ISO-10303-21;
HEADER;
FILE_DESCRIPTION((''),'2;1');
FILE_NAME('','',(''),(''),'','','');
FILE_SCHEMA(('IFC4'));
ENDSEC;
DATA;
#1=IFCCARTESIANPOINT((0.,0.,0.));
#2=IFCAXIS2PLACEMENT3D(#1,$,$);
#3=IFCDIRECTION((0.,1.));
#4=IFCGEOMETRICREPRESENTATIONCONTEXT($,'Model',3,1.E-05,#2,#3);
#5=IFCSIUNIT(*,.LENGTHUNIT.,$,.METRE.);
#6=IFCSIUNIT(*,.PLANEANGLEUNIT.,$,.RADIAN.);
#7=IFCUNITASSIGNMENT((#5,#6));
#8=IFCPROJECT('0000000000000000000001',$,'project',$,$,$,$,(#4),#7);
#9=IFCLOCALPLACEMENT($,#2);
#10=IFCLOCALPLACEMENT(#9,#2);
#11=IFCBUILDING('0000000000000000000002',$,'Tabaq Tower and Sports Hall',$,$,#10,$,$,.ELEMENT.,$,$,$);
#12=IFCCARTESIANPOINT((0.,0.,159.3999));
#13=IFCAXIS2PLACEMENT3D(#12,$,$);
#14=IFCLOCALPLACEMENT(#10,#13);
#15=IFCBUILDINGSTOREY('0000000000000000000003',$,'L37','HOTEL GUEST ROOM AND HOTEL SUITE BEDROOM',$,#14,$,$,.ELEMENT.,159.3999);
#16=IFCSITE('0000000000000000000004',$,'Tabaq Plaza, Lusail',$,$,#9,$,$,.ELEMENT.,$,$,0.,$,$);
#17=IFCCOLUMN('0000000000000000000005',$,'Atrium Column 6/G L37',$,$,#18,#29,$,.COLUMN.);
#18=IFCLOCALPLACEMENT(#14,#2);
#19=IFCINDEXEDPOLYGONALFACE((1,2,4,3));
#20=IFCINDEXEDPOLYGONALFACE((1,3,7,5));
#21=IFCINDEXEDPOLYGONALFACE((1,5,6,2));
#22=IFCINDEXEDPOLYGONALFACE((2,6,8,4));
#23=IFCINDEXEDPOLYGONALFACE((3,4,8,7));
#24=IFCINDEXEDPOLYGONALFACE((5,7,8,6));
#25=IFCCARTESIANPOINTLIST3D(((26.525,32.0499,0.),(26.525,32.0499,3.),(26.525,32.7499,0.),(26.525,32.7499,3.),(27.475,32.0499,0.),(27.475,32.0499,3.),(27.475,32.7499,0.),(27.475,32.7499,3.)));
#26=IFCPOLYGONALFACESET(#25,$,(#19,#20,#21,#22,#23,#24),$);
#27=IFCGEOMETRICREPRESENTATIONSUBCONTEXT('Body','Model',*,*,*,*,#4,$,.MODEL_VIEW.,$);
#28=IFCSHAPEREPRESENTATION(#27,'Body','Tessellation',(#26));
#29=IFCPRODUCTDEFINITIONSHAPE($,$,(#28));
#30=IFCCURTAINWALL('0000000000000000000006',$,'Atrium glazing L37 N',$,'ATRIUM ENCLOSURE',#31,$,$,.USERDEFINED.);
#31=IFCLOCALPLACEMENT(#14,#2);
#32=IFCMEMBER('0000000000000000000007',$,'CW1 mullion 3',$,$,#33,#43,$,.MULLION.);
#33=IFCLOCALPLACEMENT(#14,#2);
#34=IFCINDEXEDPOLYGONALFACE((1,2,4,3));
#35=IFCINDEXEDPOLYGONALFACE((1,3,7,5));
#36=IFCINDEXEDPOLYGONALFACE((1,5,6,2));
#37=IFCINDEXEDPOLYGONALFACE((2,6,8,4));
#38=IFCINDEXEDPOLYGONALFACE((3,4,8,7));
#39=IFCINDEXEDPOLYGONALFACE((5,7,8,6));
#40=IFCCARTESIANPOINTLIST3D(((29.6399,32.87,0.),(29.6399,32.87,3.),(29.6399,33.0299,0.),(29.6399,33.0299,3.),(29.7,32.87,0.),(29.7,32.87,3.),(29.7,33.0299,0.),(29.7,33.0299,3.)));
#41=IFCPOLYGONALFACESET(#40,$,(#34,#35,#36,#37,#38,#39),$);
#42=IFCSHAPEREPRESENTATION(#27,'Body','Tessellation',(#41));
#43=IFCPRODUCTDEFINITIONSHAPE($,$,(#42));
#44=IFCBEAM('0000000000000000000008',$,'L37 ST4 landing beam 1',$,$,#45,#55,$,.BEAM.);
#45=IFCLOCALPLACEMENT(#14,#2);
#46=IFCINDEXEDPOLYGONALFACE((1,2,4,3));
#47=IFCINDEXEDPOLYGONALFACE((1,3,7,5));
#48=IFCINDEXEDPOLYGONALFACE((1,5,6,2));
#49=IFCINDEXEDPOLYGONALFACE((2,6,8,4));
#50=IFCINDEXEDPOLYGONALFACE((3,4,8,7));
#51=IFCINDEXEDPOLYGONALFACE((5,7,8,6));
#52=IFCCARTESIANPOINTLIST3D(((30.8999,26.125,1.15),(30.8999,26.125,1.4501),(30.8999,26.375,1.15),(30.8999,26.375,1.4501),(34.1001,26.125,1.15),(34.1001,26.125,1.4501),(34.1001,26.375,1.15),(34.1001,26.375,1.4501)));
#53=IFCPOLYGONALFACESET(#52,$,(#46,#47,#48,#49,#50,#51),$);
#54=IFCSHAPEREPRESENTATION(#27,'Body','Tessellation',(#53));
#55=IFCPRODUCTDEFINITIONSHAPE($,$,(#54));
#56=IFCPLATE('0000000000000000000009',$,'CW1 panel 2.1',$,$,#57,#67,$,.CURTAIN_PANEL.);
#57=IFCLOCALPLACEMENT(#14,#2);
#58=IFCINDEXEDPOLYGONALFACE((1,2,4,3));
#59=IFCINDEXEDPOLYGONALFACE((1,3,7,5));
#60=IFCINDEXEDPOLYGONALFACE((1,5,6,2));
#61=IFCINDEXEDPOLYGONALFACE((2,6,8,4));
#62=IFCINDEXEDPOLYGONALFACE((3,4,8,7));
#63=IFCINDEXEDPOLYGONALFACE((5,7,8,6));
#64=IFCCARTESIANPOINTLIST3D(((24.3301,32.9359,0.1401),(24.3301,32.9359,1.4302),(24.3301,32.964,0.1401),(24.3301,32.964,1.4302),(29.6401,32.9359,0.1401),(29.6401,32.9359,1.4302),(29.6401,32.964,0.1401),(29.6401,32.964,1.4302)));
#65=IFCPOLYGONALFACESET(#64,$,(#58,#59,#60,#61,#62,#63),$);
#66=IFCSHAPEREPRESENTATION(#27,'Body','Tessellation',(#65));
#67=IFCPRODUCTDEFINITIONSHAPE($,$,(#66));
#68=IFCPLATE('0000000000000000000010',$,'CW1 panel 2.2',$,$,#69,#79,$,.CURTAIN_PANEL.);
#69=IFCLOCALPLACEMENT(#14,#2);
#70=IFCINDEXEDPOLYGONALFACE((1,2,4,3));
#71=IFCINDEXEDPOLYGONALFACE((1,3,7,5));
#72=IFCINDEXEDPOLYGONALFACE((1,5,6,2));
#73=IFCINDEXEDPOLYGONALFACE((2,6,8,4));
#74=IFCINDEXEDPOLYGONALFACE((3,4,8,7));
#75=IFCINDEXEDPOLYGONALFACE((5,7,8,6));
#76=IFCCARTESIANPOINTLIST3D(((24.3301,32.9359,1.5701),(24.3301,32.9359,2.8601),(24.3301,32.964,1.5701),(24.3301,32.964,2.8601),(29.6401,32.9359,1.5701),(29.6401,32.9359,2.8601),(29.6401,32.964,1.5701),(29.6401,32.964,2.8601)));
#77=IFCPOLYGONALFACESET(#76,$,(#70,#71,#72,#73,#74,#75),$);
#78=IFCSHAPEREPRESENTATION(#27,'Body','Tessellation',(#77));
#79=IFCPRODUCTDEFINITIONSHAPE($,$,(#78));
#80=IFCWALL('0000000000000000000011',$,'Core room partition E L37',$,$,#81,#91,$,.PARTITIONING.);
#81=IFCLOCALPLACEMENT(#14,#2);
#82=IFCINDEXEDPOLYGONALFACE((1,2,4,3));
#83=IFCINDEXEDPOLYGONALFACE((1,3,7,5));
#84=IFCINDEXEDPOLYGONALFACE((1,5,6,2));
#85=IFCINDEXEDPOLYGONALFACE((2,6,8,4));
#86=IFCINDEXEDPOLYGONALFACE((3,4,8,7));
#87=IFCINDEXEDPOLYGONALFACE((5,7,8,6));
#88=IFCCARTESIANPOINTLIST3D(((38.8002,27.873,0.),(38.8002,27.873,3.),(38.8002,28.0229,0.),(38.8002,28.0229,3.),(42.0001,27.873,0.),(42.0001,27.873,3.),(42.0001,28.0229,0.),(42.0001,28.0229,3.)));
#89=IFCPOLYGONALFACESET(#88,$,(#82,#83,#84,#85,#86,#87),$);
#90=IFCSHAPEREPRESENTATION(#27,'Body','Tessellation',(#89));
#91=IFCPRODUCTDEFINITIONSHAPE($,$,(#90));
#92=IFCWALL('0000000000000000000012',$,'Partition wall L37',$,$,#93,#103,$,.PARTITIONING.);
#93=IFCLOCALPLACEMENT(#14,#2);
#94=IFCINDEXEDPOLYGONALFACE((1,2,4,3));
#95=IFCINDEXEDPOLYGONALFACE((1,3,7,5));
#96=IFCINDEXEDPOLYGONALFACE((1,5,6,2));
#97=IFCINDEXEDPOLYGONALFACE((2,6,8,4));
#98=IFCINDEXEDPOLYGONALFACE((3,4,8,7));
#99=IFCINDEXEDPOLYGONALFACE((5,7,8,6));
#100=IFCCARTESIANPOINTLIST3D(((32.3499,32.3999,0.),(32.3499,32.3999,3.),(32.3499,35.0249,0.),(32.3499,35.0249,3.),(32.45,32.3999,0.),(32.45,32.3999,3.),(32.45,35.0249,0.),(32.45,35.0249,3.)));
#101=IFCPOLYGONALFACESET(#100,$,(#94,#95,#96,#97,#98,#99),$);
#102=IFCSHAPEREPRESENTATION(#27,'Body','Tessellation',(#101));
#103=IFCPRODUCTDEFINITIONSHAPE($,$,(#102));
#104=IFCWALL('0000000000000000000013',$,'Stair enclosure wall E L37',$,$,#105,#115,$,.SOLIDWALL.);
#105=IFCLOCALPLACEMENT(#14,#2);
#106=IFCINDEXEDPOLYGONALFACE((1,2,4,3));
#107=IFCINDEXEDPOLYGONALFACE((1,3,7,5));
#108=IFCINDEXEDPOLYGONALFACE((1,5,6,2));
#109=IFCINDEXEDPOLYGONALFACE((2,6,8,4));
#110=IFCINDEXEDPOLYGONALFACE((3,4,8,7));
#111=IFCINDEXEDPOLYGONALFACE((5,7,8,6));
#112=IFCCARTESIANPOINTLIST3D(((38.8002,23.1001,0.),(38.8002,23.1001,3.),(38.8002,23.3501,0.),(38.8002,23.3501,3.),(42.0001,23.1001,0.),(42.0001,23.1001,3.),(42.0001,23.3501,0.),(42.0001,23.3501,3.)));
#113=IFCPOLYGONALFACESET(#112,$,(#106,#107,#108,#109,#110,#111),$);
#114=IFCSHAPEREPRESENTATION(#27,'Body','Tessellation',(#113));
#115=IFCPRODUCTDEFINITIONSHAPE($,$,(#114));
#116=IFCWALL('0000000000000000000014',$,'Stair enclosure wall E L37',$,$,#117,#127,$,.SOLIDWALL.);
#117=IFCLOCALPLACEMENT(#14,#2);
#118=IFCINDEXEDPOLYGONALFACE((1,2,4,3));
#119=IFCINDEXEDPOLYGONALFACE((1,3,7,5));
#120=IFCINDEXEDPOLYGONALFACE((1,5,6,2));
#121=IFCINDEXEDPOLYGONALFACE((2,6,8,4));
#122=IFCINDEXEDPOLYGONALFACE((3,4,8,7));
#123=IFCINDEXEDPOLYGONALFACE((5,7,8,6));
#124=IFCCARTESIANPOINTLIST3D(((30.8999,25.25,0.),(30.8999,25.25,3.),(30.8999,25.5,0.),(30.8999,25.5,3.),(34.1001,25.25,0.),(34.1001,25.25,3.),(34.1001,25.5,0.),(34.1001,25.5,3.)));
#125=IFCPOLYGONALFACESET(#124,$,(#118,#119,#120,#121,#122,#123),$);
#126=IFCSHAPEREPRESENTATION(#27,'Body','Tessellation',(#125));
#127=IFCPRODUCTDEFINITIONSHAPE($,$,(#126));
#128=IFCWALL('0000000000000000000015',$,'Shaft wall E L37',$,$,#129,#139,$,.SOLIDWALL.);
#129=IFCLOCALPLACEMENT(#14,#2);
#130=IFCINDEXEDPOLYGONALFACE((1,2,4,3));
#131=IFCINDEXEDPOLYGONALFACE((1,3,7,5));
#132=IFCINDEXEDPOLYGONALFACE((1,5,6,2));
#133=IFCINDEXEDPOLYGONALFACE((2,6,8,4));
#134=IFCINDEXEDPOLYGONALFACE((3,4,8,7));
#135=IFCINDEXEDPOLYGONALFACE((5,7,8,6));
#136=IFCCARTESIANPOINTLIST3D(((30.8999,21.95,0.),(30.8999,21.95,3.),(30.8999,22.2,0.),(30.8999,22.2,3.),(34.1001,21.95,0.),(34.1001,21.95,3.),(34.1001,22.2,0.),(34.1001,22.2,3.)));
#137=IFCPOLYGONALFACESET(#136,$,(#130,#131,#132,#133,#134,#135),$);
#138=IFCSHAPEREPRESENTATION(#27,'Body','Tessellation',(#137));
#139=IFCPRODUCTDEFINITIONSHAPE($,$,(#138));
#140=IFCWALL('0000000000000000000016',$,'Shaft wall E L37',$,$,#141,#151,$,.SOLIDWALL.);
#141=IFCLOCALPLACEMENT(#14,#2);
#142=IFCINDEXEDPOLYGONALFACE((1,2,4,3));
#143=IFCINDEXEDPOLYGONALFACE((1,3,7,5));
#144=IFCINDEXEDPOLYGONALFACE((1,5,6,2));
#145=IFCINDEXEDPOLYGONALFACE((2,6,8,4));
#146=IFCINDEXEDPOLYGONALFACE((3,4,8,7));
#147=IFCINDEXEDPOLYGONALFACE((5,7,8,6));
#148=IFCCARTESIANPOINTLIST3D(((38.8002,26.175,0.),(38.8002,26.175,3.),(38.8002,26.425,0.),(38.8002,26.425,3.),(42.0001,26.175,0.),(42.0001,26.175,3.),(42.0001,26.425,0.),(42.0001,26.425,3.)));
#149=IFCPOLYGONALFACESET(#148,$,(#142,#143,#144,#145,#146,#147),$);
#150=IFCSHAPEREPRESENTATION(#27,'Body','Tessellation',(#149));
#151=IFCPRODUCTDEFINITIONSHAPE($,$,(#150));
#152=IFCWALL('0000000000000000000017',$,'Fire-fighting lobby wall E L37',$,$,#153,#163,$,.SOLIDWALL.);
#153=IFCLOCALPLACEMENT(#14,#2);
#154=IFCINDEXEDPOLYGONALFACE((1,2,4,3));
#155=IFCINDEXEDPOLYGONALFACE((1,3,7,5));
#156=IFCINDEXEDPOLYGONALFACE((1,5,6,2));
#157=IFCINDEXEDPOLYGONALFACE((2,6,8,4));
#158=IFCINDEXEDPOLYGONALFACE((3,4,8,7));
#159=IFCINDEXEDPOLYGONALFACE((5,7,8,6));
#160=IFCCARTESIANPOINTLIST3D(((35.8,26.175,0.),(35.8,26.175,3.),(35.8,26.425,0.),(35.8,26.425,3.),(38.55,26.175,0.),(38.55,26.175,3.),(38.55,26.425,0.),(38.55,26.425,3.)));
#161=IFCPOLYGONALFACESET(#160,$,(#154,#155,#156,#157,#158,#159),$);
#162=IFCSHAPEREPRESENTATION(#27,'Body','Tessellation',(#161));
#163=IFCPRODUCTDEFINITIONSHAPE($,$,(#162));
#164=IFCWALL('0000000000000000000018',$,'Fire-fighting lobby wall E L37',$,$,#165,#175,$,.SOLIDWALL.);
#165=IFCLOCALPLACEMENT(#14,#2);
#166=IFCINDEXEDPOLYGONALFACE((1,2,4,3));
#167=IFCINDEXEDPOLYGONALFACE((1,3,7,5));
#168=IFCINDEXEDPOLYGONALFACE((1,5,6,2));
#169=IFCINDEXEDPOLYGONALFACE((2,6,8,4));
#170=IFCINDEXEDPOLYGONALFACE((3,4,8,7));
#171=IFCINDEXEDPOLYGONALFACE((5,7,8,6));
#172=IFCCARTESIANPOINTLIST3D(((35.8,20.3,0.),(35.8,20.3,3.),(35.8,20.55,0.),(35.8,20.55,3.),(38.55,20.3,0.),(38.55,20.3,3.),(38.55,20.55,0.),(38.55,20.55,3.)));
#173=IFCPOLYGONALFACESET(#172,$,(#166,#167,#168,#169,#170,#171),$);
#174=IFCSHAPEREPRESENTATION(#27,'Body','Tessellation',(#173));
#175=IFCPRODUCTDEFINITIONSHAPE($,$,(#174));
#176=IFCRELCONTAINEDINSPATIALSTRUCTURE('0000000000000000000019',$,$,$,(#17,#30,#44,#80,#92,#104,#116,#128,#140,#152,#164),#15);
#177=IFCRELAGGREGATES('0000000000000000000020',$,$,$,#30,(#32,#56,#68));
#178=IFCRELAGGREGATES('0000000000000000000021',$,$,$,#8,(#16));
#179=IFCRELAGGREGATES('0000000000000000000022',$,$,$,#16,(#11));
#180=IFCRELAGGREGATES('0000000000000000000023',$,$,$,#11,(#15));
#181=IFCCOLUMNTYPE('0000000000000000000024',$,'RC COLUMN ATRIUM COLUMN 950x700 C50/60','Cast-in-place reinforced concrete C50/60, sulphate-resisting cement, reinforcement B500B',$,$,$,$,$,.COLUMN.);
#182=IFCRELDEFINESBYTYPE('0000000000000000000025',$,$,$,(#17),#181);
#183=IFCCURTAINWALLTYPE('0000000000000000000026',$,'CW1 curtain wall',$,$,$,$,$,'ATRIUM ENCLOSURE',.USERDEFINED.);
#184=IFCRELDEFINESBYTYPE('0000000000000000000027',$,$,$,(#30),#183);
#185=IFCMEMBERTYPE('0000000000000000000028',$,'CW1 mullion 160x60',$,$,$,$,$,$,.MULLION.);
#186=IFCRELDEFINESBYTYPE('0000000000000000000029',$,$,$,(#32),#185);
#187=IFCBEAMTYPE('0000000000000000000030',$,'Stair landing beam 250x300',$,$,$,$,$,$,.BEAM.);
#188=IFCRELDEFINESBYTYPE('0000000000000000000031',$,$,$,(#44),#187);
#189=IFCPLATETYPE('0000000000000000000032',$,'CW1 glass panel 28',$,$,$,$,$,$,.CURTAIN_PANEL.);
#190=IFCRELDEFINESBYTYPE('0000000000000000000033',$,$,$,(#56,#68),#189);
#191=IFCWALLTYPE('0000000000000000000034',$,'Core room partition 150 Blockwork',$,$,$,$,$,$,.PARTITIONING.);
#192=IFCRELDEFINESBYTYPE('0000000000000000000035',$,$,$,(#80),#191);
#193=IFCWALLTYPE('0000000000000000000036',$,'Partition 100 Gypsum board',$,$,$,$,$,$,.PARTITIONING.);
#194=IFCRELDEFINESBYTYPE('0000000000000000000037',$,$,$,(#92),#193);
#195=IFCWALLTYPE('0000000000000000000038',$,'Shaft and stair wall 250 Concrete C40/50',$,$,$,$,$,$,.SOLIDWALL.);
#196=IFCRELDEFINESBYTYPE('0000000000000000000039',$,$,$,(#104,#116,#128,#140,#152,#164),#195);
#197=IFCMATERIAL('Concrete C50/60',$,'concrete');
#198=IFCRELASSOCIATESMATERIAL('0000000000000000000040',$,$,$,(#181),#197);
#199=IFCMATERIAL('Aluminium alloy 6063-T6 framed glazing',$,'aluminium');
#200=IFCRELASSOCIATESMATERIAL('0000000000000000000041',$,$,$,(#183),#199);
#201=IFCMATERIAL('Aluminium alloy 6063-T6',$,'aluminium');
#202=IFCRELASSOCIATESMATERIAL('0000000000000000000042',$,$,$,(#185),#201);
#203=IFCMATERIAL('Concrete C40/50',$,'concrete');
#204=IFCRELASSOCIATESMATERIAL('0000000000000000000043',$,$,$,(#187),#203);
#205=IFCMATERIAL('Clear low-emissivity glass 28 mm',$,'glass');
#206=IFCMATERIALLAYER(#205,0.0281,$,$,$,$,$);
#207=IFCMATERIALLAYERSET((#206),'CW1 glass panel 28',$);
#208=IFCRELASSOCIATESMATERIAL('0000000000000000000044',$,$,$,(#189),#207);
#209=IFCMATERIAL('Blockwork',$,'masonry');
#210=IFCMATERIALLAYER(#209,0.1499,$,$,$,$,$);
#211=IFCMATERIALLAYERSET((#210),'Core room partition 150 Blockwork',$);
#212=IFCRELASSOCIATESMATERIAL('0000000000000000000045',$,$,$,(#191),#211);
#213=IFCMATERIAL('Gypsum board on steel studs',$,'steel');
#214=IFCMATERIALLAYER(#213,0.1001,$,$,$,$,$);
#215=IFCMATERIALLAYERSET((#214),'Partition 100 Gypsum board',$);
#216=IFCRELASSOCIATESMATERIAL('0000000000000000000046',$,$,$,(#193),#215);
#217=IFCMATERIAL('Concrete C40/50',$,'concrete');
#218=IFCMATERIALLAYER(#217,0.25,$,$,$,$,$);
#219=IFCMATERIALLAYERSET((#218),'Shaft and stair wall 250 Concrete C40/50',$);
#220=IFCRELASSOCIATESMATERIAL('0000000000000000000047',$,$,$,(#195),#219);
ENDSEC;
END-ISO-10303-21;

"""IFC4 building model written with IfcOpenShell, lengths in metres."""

from ifc_helpers import new_model, si_unit, direction, frame, frame_2d, origin, origin_2d, place, context, subcontext, project, spatial, rectangle, extrude, material, layer, layer_set, material_profile, profile_set, type_object, element, aggregate, save


model = new_model("IFC4")

# Units and contexts
model_context = context("Model", 3, precision=1e-05, world=origin(), true_north=direction((0.0, 1.0)))
body_context = subcontext(model_context, "Body", "Model", "MODEL_VIEW")
ifc_project = project(units=[si_unit("LENGTHUNIT", "METRE"), si_unit("PLANEANGLEUNIT", "RADIAN")], contexts=[model_context])

# Site, building, storey
site_placement = place(None, origin())
site = spatial("IfcSite", under=ifc_project, at=site_placement, Name="Tabaq Plaza, Lusail", CompositionType="ELEMENT", RefElevation=0.0)
building_placement = place(site_placement, origin())
building = spatial("IfcBuilding", under=site, at=building_placement, Name="Tabaq Tower and Sports Hall", CompositionType="ELEMENT")
storey_placement = place(building_placement, frame((0.0, 0.0, 159.3999)))
storey = spatial("IfcBuildingStorey", under=building, at=storey_placement, Name="L37", Description="HOTEL GUEST ROOM AND HOTEL SUITE BEDROOM", CompositionType="ELEMENT", Elevation=159.3999)

# Column
ifc_material_1 = material(Name="Concrete C50/60", Category="concrete")
ifc_material_profile_1 = material_profile(ifc_material_1, rectangle(XDim=0.95, YDim=0.7, at=origin_2d()), Name="ATRIUM COLUMN 950x700")
ifc_profile_set_1 = profile_set([ifc_material_profile_1], Name="Concrete C50/60")
column_type = type_object("IfcColumnType", Name="RC COLUMN ATRIUM COLUMN 950x700 C50/60", Description="Cast-in-place reinforced concrete C50/60, sulphate-resisting cement, reinforcement B500B", PredefinedType="COLUMN", material=ifc_profile_set_1)
column_placement = place(storey_placement, frame((27.0, 32.3999, 0.0), z_axis=(0.0, 0.0, 1.0), x_axis=(1.0, 0.0, 0.0)))
element("IfcColumn", 1, at=column_placement, inside=storey, type_object=column_type, Name="Atrium Column 6/G L37", PredefinedType="COLUMN", context=body_context, shape_type="SweptSolid", body=[
    extrude(rectangle(XDim=0.95, YDim=0.7, at=origin_2d()), origin(), (0.0, 0.0, 1.0), 3.0),
])

# Curtain wall, member
ifc_material_2 = material(Name="Aluminium alloy 6063-T6 framed glazing", Category="aluminium")
curtain_wall_type = type_object("IfcCurtainWallType", Name="CW1 curtain wall", ElementType="ATRIUM ENCLOSURE", PredefinedType="USERDEFINED", material=ifc_material_2)
curtain_wall_placement = place(storey_placement, origin())
curtain_wall = element("IfcCurtainWall", 2, at=curtain_wall_placement, inside=storey, type_object=curtain_wall_type, Name="Atrium glazing L37 N", ObjectType="ATRIUM ENCLOSURE", PredefinedType="USERDEFINED")
ifc_material_3 = material(Name="Aluminium alloy 6063-T6", Category="aluminium")
ifc_material_profile_2 = material_profile(ifc_material_3, rectangle(XDim=0.1599, YDim=0.0601, at=origin_2d()), Name="MULLION 160x60")
ifc_profile_set_2 = profile_set([ifc_material_profile_2], Name="Aluminium alloy 6063-T6")
member_type = type_object("IfcMemberType", Name="CW1 mullion 160x60", PredefinedType="MULLION", material=ifc_profile_set_2)
member_placement = place(storey_placement, frame((29.6699, 32.95, 0.0), z_axis=(0.0, 0.0, 1.0), x_axis=(0.0, 1.0, 0.0)))
member = element("IfcMember", 3, at=member_placement, type_object=member_type, Name="CW1 mullion 3", PredefinedType="MULLION", context=body_context, shape_type="SweptSolid", body=[
    extrude(rectangle(XDim=0.1599, YDim=0.0601, at=origin_2d()), origin(), (0.0, 0.0, 1.0), 3.0),
])

# Beam
ifc_material_4 = material(Name="Concrete C40/50", Category="concrete")
ifc_material_profile_3 = material_profile(ifc_material_4, rectangle(XDim=0.25, YDim=0.3, at=origin_2d()), Name="RC 250x300")
ifc_profile_set_3 = profile_set([ifc_material_profile_3], Name="Concrete C40/50")
beam_type = type_object("IfcBeamType", Name="Stair landing beam 250x300", PredefinedType="BEAM", material=ifc_profile_set_3)
beam_placement = place(storey_placement, frame((30.8999, 26.25, 1.3), z_axis=(1.0, 0.0, 0.0), x_axis=(0.0, 1.0, 0.0)))
element("IfcBeam", 4, at=beam_placement, inside=storey, type_object=beam_type, Name="L37 ST4 landing beam 1", PredefinedType="BEAM", context=body_context, shape_type="SweptSolid", body=[
    extrude(rectangle(XDim=0.25, YDim=0.3, at=origin_2d()), origin(), (0.0, 0.0, 1.0), 3.2002),
])

# Plates
ifc_material_5 = material(Name="Clear low-emissivity glass 28 mm", Category="glass")
ifc_layer_1 = layer(ifc_material_5, 0.0281)
ifc_layer_set_1 = layer_set([ifc_layer_1], Name="CW1 glass panel 28")
plate_type = type_object("IfcPlateType", Name="CW1 glass panel 28", PredefinedType="CURTAIN_PANEL", material=ifc_layer_set_1)
plate_1_placement = place(storey_placement, frame((26.9851, 32.95, 0.1401), z_axis=(0.0, 0.0, 1.0), x_axis=(1.0, 0.0, 0.0)))
plate_1 = element("IfcPlate", 5, at=plate_1_placement, type_object=plate_type, Name="CW1 panel 2.1", PredefinedType="CURTAIN_PANEL", context=body_context, shape_type="SweptSolid", body=[
    extrude(rectangle(XDim=5.3101, YDim=0.0281, at=origin_2d()), origin(), (0.0, 0.0, 1.0), 1.29),
])
plate_2_placement = place(storey_placement, frame((26.9851, 32.95, 1.5701), z_axis=(0.0, 0.0, 1.0), x_axis=(1.0, 0.0, 0.0)))
plate_2 = element("IfcPlate", 6, at=plate_2_placement, type_object=plate_type, Name="CW1 panel 2.2", PredefinedType="CURTAIN_PANEL", context=body_context, shape_type="SweptSolid", body=[
    extrude(rectangle(XDim=5.3101, YDim=0.0281, at=origin_2d()), origin(), (0.0, 0.0, 1.0), 1.29),
])
aggregate(curtain_wall, [member, plate_1, plate_2])

# Wall
ifc_material_6 = material(Name="Blockwork", Category="masonry")
ifc_layer_2 = layer(ifc_material_6, 0.1499)
ifc_layer_set_2 = layer_set([ifc_layer_2], Name="Core room partition 150 Blockwork")
wall_type_1 = type_object("IfcWallType", Name="Core room partition 150 Blockwork", PredefinedType="PARTITIONING", material=ifc_layer_set_2)
wall_1_placement = place(storey_placement, frame((38.8, 27.948, 0.0), z_axis=(0.0, 0.0, 1.0), x_axis=(1.0, 0.0, 0.0)))
element("IfcWall", 7, at=wall_1_placement, inside=storey, type_object=wall_type_1, Name="Core room partition E L37", PredefinedType="PARTITIONING", context=body_context, shape_type="SweptSolid", body=[
    extrude(rectangle(XDim=3.2, YDim=0.1499, at=frame_2d((1.6001, 0.0))), origin(), (0.0, 0.0, 1.0), 3.0),
])

# Walls
ifc_material_7 = material(Name="Gypsum board on steel studs", Category="steel")
ifc_layer_3 = layer(ifc_material_7, 0.1001)
ifc_layer_set_3 = layer_set([ifc_layer_3], Name="Partition 100 Gypsum board")
wall_type_2 = type_object("IfcWallType", Name="Partition 100 Gypsum board", PredefinedType="PARTITIONING", material=ifc_layer_set_3)
wall_2_placement = place(storey_placement, frame((32.3999, 32.3999, 0.0), z_axis=(0.0, 0.0, 1.0), x_axis=(0.0, 1.0, 0.0)))
element("IfcWall", 8, at=wall_2_placement, inside=storey, type_object=wall_type_2, Name="Partition wall L37", PredefinedType="PARTITIONING", context=body_context, shape_type="SweptSolid", body=[
    extrude(rectangle(XDim=2.625, YDim=0.1001, at=frame_2d((1.3125, 0.0))), origin(), (0.0, 0.0, 1.0), 3.0),
])
ifc_material_8 = material(Name="Concrete C40/50", Category="concrete")
ifc_layer_4 = layer(ifc_material_8, 0.25)
ifc_layer_set_4 = layer_set([ifc_layer_4], Name="Shaft and stair wall 250 Concrete C40/50")
wall_type_3 = type_object("IfcWallType", Name="Shaft and stair wall 250 Concrete C40/50", PredefinedType="SOLIDWALL", material=ifc_layer_set_4)
wall_3_placement = place(storey_placement, frame((38.8, 23.2251, 0.0), z_axis=(0.0, 0.0, 1.0), x_axis=(1.0, 0.0, 0.0)))
element("IfcWall", 9, at=wall_3_placement, inside=storey, type_object=wall_type_3, Name="Stair enclosure wall E L37", PredefinedType="SOLIDWALL", context=body_context, shape_type="SweptSolid", body=[
    extrude(rectangle(XDim=3.2, YDim=0.25, at=frame_2d((1.6001, 0.0))), origin(), (0.0, 0.0, 1.0), 3.0),
])
for number, where, z_axis, x_axis, name in (
    (10, (30.8999, 25.375, 0.0), (0.0, 0.0, 1.0), (1.0, 0.0, 0.0), "Stair enclosure wall E L37"),
    (11, (30.8999, 22.075, 0.0), (0.0, 0.0, 1.0), (1.0, 0.0, 0.0), "Shaft wall E L37"),
):
    element("IfcWall", number, at=place(storey_placement, frame(where, z_axis=z_axis, x_axis=x_axis)), inside=storey, type_object=wall_type_3, Name=name, PredefinedType="SOLIDWALL", context=body_context, shape_type="SweptSolid", body=[
        extrude(rectangle(XDim=3.2002, YDim=0.25, at=frame_2d((1.6001, 0.0))), origin(), (0.0, 0.0, 1.0), 3.0),
    ])
wall_4_placement = place(storey_placement, frame((38.8, 26.3, 0.0), z_axis=(0.0, 0.0, 1.0), x_axis=(1.0, 0.0, 0.0)))
element("IfcWall", 12, at=wall_4_placement, inside=storey, type_object=wall_type_3, Name="Shaft wall E L37", PredefinedType="SOLIDWALL", context=body_context, shape_type="SweptSolid", body=[
    extrude(rectangle(XDim=3.2, YDim=0.25, at=frame_2d((1.6001, 0.0))), origin(), (0.0, 0.0, 1.0), 3.0),
])
for number, where, z_axis, x_axis, name in (
    (13, (35.8, 26.3, 0.0), (0.0, 0.0, 1.0), (1.0, 0.0, 0.0), "Fire-fighting lobby wall E L37"),
    (14, (35.8, 20.425, 0.0), (0.0, 0.0, 1.0), (1.0, 0.0, 0.0), "Fire-fighting lobby wall E L37"),
):
    element("IfcWall", number, at=place(storey_placement, frame(where, z_axis=z_axis, x_axis=x_axis)), inside=storey, type_object=wall_type_3, Name=name, PredefinedType="SOLIDWALL", context=body_context, shape_type="SweptSolid", body=[
        extrude(rectangle(XDim=2.75, YDim=0.25, at=frame_2d((1.375, 0.0))), origin(), (0.0, 0.0, 1.0), 3.0),
    ])

save(model, "model.ifc")
